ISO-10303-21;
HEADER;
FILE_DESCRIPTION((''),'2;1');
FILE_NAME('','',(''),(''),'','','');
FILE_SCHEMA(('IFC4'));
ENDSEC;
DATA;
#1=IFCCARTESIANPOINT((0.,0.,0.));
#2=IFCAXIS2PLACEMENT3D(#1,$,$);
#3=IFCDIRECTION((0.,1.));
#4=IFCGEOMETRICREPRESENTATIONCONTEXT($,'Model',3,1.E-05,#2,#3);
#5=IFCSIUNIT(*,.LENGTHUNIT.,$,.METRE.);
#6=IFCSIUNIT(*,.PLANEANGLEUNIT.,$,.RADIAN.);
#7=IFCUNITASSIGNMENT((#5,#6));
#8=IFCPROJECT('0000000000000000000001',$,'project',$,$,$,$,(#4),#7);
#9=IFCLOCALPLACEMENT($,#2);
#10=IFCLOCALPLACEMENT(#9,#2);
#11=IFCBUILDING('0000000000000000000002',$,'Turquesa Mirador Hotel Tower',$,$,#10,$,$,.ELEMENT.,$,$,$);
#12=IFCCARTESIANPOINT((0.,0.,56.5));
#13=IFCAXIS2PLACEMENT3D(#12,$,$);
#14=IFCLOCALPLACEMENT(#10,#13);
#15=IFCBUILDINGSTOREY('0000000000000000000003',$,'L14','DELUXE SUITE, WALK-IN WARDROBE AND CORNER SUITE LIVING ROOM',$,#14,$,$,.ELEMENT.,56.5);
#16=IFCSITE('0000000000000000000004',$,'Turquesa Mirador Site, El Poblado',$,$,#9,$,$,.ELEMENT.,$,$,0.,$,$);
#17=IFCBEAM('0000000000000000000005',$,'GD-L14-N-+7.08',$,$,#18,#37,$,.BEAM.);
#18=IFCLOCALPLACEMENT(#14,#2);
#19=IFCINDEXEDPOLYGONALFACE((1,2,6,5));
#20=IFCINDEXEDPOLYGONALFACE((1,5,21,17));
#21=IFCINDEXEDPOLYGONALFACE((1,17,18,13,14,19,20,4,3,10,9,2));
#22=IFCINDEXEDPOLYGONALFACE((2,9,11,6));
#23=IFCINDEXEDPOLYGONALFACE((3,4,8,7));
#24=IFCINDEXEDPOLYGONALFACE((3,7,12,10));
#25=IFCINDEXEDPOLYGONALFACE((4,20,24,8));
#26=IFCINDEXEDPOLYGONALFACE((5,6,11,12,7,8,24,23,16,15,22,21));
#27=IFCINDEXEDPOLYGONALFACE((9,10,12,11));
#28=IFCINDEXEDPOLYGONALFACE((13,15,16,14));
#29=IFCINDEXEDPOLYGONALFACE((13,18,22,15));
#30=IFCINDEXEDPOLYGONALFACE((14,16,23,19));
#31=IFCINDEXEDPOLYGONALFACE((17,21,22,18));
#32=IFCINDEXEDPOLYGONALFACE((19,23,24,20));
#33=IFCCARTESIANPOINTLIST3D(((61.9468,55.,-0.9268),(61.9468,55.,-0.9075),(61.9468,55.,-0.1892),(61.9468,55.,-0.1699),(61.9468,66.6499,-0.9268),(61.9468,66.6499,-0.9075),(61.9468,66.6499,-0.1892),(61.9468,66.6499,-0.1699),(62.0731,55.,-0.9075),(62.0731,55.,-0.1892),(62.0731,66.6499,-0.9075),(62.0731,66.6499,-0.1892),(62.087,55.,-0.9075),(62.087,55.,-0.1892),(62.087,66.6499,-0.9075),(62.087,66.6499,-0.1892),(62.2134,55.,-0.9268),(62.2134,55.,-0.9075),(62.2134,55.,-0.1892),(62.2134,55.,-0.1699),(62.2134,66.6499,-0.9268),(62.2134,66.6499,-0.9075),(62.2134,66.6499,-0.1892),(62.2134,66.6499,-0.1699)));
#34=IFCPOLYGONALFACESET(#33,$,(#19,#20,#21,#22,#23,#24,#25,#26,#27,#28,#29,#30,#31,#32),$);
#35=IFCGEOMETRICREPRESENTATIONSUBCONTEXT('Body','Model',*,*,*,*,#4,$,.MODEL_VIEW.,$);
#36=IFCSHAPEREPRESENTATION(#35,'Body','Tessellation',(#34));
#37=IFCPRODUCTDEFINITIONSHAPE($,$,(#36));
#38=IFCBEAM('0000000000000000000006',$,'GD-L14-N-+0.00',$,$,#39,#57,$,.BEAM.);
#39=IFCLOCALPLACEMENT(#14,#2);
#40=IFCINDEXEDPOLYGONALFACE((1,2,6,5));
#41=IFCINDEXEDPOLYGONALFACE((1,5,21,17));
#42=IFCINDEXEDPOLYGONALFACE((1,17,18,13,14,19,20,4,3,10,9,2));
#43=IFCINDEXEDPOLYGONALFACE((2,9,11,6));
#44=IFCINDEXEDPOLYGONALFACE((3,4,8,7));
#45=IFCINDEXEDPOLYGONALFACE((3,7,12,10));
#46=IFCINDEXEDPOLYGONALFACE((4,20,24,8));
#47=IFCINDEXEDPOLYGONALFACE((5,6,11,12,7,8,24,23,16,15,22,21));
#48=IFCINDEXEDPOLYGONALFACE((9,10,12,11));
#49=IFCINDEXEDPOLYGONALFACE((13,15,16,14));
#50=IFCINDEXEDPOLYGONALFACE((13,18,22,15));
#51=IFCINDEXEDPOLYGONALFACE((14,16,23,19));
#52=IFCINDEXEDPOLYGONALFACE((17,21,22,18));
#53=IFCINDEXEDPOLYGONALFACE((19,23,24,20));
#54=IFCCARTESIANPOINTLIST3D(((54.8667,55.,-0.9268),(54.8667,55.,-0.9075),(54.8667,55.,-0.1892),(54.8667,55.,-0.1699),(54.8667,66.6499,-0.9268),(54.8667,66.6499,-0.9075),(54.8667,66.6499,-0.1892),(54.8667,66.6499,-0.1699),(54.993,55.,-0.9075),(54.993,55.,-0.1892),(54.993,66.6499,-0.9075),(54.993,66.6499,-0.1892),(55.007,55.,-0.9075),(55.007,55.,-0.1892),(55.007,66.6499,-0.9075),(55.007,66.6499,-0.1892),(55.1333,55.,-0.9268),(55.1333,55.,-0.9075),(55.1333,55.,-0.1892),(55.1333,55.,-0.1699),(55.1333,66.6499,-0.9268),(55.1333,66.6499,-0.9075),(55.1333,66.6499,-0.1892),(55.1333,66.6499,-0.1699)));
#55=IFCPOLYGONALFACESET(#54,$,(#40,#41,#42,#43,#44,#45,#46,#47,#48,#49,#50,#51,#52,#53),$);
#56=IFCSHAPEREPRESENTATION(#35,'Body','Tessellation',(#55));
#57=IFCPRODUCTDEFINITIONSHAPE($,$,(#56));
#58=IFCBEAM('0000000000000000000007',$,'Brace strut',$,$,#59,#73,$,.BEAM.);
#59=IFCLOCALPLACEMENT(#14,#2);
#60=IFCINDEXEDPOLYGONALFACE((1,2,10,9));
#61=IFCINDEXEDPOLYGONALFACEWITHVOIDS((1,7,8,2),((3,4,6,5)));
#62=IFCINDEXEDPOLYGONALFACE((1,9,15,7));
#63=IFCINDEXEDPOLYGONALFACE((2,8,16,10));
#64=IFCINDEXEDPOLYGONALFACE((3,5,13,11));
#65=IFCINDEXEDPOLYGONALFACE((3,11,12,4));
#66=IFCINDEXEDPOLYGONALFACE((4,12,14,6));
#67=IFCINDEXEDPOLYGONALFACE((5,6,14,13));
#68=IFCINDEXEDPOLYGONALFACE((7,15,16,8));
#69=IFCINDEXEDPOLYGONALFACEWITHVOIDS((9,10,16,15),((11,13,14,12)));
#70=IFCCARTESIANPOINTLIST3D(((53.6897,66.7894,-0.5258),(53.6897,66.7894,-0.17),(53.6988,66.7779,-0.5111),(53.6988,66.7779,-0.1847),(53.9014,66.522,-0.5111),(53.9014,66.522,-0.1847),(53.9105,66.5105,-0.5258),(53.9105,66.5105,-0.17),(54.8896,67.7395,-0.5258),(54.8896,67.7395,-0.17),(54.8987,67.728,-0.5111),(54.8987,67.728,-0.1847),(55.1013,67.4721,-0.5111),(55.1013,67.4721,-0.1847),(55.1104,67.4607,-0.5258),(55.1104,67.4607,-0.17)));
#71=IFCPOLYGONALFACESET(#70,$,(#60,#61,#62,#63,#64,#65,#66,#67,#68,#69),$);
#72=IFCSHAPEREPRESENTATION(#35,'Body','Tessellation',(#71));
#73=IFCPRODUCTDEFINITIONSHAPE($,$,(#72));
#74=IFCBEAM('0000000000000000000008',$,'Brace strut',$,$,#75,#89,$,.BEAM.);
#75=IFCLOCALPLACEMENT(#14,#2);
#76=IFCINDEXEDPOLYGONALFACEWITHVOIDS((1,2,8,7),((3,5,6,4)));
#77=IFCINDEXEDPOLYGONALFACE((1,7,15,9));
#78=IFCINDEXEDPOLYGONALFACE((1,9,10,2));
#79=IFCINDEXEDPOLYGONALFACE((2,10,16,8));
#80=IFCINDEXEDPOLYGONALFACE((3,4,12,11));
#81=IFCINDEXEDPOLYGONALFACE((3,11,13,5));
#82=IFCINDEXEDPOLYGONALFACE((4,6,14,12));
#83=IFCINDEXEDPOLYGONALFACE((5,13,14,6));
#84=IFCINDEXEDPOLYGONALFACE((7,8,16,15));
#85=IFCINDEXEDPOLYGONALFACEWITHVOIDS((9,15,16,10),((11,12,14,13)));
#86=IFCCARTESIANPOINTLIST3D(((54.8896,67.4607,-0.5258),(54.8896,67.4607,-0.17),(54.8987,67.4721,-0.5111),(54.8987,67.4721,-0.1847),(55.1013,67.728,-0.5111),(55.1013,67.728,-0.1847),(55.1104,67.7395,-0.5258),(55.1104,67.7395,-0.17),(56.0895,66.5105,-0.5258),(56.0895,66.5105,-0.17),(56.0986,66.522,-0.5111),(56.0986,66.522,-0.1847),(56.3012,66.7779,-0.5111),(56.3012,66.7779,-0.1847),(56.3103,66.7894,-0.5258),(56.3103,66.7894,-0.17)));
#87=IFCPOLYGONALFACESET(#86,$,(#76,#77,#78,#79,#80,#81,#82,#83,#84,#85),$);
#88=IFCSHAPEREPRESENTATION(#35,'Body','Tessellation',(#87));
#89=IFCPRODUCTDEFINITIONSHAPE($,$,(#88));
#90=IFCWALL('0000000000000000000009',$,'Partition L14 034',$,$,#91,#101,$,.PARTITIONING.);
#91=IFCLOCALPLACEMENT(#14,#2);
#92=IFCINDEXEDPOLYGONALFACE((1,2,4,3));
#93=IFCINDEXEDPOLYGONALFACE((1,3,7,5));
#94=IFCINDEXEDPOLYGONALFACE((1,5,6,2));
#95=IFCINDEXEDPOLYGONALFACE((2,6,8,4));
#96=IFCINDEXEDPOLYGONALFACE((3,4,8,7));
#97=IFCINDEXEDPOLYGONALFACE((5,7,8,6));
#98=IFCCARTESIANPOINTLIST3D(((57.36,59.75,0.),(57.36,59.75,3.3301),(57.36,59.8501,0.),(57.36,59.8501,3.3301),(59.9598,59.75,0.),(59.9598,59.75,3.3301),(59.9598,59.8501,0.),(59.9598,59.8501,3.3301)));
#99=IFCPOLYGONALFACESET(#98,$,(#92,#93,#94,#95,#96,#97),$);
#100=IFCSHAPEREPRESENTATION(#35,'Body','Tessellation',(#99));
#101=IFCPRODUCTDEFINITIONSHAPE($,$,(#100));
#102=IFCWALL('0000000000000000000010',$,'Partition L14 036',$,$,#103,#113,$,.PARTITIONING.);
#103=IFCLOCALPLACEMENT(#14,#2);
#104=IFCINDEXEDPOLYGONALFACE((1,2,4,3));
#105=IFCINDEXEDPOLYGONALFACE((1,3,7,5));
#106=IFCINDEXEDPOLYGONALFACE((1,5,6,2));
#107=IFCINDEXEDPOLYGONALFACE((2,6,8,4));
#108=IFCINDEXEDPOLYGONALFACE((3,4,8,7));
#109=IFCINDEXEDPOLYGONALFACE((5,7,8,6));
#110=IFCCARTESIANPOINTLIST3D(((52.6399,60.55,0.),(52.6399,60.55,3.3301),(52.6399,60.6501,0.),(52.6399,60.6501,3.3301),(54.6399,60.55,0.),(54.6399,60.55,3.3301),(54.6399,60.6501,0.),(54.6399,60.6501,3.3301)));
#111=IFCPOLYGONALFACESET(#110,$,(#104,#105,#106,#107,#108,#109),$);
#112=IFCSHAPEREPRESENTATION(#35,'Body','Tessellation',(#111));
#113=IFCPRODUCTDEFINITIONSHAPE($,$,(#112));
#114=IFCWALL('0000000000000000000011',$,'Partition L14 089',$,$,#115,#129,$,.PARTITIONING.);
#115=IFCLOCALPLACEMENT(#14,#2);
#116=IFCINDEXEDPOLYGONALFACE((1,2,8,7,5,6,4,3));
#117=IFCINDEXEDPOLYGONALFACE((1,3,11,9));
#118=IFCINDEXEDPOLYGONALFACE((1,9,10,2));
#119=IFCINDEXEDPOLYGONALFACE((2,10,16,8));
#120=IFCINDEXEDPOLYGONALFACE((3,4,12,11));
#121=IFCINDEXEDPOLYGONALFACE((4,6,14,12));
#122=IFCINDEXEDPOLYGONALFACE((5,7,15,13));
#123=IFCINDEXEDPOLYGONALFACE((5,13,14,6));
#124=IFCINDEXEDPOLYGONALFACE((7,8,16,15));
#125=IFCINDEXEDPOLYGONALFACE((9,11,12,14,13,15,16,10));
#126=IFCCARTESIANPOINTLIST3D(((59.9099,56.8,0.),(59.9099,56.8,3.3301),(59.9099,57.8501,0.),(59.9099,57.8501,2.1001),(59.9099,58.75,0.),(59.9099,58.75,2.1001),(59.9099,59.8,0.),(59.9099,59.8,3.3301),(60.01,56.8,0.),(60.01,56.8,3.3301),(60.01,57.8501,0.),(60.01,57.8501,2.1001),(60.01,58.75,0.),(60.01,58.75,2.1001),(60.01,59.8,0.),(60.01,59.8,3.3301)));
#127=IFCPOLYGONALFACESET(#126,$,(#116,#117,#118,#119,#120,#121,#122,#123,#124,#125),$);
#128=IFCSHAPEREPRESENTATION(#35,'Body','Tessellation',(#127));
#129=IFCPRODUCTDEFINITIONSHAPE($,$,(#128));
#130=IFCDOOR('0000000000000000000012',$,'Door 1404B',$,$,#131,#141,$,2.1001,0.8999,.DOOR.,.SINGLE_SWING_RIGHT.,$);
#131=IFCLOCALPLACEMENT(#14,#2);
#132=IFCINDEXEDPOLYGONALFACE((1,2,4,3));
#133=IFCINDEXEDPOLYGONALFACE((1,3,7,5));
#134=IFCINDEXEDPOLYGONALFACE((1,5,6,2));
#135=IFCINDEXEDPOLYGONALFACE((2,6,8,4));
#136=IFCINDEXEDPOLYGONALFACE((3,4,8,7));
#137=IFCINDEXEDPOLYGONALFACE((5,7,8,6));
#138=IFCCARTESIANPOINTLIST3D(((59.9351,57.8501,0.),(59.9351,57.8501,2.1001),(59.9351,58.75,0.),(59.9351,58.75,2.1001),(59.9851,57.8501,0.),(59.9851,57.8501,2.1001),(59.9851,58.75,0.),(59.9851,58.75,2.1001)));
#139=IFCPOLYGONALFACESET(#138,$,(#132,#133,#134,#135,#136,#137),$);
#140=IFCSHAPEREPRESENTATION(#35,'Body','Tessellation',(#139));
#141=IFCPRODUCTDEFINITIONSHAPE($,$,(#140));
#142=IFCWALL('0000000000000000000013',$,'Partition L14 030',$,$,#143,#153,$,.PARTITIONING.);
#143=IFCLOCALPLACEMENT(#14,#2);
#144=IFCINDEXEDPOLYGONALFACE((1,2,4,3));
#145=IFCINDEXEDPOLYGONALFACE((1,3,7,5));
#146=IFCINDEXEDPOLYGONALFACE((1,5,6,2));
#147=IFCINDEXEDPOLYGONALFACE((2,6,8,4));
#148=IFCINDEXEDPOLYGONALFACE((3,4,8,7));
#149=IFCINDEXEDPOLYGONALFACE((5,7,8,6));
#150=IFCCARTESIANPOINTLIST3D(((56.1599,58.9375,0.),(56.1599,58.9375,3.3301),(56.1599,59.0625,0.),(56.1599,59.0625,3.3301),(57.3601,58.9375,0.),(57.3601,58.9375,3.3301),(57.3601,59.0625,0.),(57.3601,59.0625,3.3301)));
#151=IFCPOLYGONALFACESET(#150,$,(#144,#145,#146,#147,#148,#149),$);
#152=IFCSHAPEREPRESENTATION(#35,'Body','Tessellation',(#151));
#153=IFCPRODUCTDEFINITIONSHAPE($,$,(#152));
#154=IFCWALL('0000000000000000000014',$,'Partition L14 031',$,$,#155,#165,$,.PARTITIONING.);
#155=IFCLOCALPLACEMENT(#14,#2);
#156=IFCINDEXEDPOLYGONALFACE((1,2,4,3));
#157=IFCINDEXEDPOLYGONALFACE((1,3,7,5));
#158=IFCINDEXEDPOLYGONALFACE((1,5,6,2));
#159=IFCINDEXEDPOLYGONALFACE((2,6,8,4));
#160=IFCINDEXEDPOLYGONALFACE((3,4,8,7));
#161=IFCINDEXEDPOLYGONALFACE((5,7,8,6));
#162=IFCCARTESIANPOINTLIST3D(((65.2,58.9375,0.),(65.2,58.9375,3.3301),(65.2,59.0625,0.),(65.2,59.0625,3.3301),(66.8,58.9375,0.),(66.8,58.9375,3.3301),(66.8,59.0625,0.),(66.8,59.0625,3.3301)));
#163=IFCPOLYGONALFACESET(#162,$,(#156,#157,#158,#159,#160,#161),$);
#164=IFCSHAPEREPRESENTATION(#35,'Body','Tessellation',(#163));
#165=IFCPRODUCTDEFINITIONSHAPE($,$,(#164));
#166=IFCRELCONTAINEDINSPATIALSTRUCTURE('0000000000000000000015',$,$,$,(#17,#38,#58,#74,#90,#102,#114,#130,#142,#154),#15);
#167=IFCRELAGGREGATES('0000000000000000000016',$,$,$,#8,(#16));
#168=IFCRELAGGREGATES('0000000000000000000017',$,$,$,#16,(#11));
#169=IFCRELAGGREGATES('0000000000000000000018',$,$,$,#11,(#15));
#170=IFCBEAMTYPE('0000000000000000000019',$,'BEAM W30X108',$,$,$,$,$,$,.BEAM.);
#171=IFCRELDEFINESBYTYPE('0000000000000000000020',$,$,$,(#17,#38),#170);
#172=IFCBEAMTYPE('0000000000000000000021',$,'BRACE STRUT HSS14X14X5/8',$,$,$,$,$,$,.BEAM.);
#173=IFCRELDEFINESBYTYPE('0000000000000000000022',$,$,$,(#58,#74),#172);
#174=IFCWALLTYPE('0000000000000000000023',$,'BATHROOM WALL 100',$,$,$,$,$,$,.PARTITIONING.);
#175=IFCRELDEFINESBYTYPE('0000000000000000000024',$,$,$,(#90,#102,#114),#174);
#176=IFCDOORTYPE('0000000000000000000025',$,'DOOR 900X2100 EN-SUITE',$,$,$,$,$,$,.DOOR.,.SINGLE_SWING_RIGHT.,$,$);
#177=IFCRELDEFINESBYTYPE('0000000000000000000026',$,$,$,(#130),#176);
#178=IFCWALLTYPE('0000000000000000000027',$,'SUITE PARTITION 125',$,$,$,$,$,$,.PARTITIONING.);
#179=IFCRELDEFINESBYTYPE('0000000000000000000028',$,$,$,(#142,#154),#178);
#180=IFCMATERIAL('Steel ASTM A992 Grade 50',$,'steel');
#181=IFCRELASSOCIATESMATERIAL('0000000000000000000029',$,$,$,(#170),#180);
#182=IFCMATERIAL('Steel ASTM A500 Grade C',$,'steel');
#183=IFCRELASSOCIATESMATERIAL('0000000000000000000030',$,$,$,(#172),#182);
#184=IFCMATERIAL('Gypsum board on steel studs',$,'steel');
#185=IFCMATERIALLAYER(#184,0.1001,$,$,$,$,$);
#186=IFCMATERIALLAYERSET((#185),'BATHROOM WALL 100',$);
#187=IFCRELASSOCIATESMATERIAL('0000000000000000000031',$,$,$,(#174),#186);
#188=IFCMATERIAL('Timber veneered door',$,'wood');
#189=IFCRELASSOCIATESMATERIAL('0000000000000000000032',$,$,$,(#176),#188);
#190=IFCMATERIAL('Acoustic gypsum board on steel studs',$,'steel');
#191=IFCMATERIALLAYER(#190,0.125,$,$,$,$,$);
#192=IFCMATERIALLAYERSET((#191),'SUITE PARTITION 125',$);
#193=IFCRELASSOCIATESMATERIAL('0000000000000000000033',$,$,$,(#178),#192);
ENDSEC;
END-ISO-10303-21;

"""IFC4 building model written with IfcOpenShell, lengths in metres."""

from ifc_helpers import new_model, si_unit, direction, frame, frame_2d, origin, origin_2d, place, context, subcontext, project, spatial, rectangle, hollow_rectangle, i_section, extrude, material, layer, layer_set, material_profile, profile_set, type_object, element, fill, save


model = new_model("IFC4")

# Units and contexts
model_context = context("Model", 3, precision=1e-05, world=origin(), true_north=direction((0.0, 1.0)))
body_context = subcontext(model_context, "Body", "Model", "MODEL_VIEW")
ifc_project = project(units=[si_unit("LENGTHUNIT", "METRE"), si_unit("PLANEANGLEUNIT", "RADIAN")], contexts=[model_context])

# Site, building, storey
site_placement = place(None, origin())
site = spatial("IfcSite", under=ifc_project, at=site_placement, Name="Turquesa Mirador Site, El Poblado", CompositionType="ELEMENT", RefElevation=0.0)
building_placement = place(site_placement, origin())
building = spatial("IfcBuilding", under=site, at=building_placement, Name="Turquesa Mirador Hotel Tower", CompositionType="ELEMENT")
storey_placement = place(building_placement, frame((0.0, 0.0, 56.5)))
storey = spatial("IfcBuildingStorey", under=building, at=storey_placement, Name="L14", Description="DELUXE SUITE, WALK-IN WARDROBE AND CORNER SUITE LIVING ROOM", CompositionType="ELEMENT", Elevation=56.5)

# Beams
ifc_material_1 = material(Name="Steel ASTM A992 Grade 50", Category="steel")
ifc_material_profile_1 = material_profile(ifc_material_1, i_section(OverallWidth=0.2666, OverallDepth=0.7568, WebThickness=0.0139, FlangeThickness=0.0193, at=origin_2d()), Name="W30X108")
ifc_profile_set_1 = profile_set([ifc_material_profile_1], Name="Steel ASTM A992 Grade 50")
beam_type_1 = type_object("IfcBeamType", Name="BEAM W30X108", PredefinedType="BEAM", material=ifc_profile_set_1)
for number, where, z_axis, x_axis, name in (
    (1, (62.0801, 66.6499, -0.5483), (0.0, -1.0, 0.0), (1.0, 0.0, 0.0), "GD-L14-N-+7.08"),
    (2, (55.0, 66.6499, -0.5483), (0.0, -1.0, 0.0), (1.0, 0.0, 0.0), "GD-L14-N-+0.00"),
):
    element("IfcBeam", number, at=place(storey_placement, frame(where, z_axis=z_axis, x_axis=x_axis)), inside=storey, type_object=beam_type_1, Name=name, PredefinedType="BEAM", context=body_context, shape_type="SweptSolid", body=[
        extrude(i_section(OverallWidth=0.2666, OverallDepth=0.7568, WebThickness=0.0139, FlangeThickness=0.0193, at=origin_2d()), origin(), (0.0, 0.0, 1.0), 11.6499),
    ])
ifc_material_2 = material(Name="Steel ASTM A500 Grade C", Category="steel")
ifc_material_profile_2 = material_profile(ifc_material_2, hollow_rectangle(XDim=0.3557, YDim=0.3557, WallThickness=0.0146, at=origin_2d()), Name="HSS14X14X5/8")
ifc_profile_set_2 = profile_set([ifc_material_profile_2], Name="Steel ASTM A500 Grade C")
beam_type_2 = type_object("IfcBeamType", Name="BRACE STRUT HSS14X14X5/8", PredefinedType="BEAM", material=ifc_profile_set_2)
for number, where, z_axis, x_axis, name in (
    (3, (55.0, 67.6001, -0.3479), (-0.783971, -0.620797, 0.0), (0.620797, -0.783971, 0.0), "Brace strut"),
    (4, (55.0, 67.6001, -0.3479), (0.783971, -0.620797, 0.0), (0.620797, 0.783971, 0.0), "Brace strut"),
):
    element("IfcBeam", number, at=place(storey_placement, frame(where, z_axis=z_axis, x_axis=x_axis)), inside=storey, type_object=beam_type_2, Name=name, PredefinedType="BEAM", context=body_context, shape_type="SweptSolid", body=[
        extrude(hollow_rectangle(XDim=0.3557, YDim=0.3557, WallThickness=0.0146, at=origin_2d()), origin(), (0.0, 0.0, 1.0), 1.5305),
    ])

# Walls
ifc_material_3 = material(Name="Gypsum board on steel studs", Category="steel")
ifc_layer_1 = layer(ifc_material_3, 0.1001)
ifc_layer_set_1 = layer_set([ifc_layer_1], Name="BATHROOM WALL 100")
wall_type_1 = type_object("IfcWallType", Name="BATHROOM WALL 100", PredefinedType="PARTITIONING", material=ifc_layer_set_1)
wall_1_placement = place(storey_placement, frame((57.3601, 59.8, 0.0), z_axis=(0.0, 0.0, 1.0), x_axis=(1.0, 0.0, 0.0)))
element("IfcWall", 5, at=wall_1_placement, inside=storey, type_object=wall_type_1, Name="Partition L14 034", PredefinedType="PARTITIONING", context=body_context, shape_type="SweptSolid", body=[
    extrude(rectangle(XDim=2.5999, YDim=0.1001, at=frame_2d((1.2998, 0.0))), origin(), (0.0, 0.0, 1.0), 3.3301),
])
wall_2_placement = place(storey_placement, frame((52.6399, 60.6001, 0.0), z_axis=(0.0, 0.0, 1.0), x_axis=(1.0, 0.0, 0.0)))
element("IfcWall", 6, at=wall_2_placement, inside=storey, type_object=wall_type_1, Name="Partition L14 036", PredefinedType="PARTITIONING", context=body_context, shape_type="SweptSolid", body=[
    extrude(rectangle(XDim=2.0, YDim=0.1001, at=frame_2d((1.0, 0.0))), origin(), (0.0, 0.0, 1.0), 3.3301),
])

# Wall, opening, door
wall_3_placement = place(storey_placement, frame((59.96, 56.8, 0.0), z_axis=(0.0, 0.0, 1.0), x_axis=(0.0, 1.0, 0.0)))
wall_3 = element("IfcWall", 7, at=wall_3_placement, inside=storey, type_object=wall_type_1, Name="Partition L14 089", PredefinedType="PARTITIONING", context=body_context, shape_type="SweptSolid", body=[
    extrude(rectangle(XDim=3.0, YDim=0.1001, at=frame_2d((1.5, 0.0))), origin(), (0.0, 0.0, 1.0), 3.3301),
])
opening_1_placement = place(wall_3_placement, frame((1.05, 0.0, 0.0)))
opening_1 = element("IfcOpeningElement", 8, at=opening_1_placement, cuts=wall_3, PredefinedType="OPENING", context=body_context, shape_type="SweptSolid", body=[
    extrude(rectangle(XDim=0.8999, YDim=2.1001, at=frame_2d((0.45, 1.05))), frame((0.0, 0.0601, 0.0), z_axis=(0.0, -1.0, 0.0), x_axis=(1.0, 0.0, 0.0)), (0.0, 0.0, 1.0), 0.1201),
])
ifc_material_4 = material(Name="Timber veneered door", Category="wood")
door_type_1 = type_object("IfcDoorType", Name="DOOR 900X2100 EN-SUITE", OperationType="SINGLE_SWING_RIGHT", PredefinedType="DOOR", material=ifc_material_4)
door_1_placement = place(opening_1_placement, origin())
door_1 = element("IfcDoor", 9, at=door_1_placement, inside=storey, type_object=door_type_1, Name="Door 1404B", OperationType="SINGLE_SWING_RIGHT", OverallHeight=2.1001, OverallWidth=0.8999, PredefinedType="DOOR", context=body_context, shape_type="SweptSolid", body=[
    extrude(rectangle(XDim=0.8999, YDim=2.1001, at=frame_2d((0.45, 1.05))), frame((0.0, 0.0249, 0.0), z_axis=(0.0, -1.0, 0.0), x_axis=(1.0, 0.0, 0.0)), (0.0, 0.0, 1.0), 0.05),
])
fill(opening_1, door_1)

# Walls
ifc_material_5 = material(Name="Acoustic gypsum board on steel studs", Category="steel")
ifc_layer_2 = layer(ifc_material_5, 0.125)
ifc_layer_set_2 = layer_set([ifc_layer_2], Name="SUITE PARTITION 125")
wall_type_2 = type_object("IfcWallType", Name="SUITE PARTITION 125", PredefinedType="PARTITIONING", material=ifc_layer_set_2)
wall_4_placement = place(storey_placement, frame((56.1599, 59.0, 0.0), z_axis=(0.0, 0.0, 1.0), x_axis=(1.0, 0.0, 0.0)))
element("IfcWall", 10, at=wall_4_placement, inside=storey, type_object=wall_type_2, Name="Partition L14 030", PredefinedType="PARTITIONING", context=body_context, shape_type="SweptSolid", body=[
    extrude(rectangle(XDim=1.2002, YDim=0.125, at=frame_2d((0.6001, 0.0))), origin(), (0.0, 0.0, 1.0), 3.3301),
])
wall_5_placement = place(storey_placement, frame((65.2, 59.0, 0.0), z_axis=(0.0, 0.0, 1.0), x_axis=(1.0, 0.0, 0.0)))
element("IfcWall", 11, at=wall_5_placement, inside=storey, type_object=wall_type_2, Name="Partition L14 031", PredefinedType="PARTITIONING", context=body_context, shape_type="SweptSolid", body=[
    extrude(rectangle(XDim=1.6001, YDim=0.125, at=frame_2d((0.8, 0.0))), origin(), (0.0, 0.0, 1.0), 3.3301),
])

save(model, "model.ifc")
